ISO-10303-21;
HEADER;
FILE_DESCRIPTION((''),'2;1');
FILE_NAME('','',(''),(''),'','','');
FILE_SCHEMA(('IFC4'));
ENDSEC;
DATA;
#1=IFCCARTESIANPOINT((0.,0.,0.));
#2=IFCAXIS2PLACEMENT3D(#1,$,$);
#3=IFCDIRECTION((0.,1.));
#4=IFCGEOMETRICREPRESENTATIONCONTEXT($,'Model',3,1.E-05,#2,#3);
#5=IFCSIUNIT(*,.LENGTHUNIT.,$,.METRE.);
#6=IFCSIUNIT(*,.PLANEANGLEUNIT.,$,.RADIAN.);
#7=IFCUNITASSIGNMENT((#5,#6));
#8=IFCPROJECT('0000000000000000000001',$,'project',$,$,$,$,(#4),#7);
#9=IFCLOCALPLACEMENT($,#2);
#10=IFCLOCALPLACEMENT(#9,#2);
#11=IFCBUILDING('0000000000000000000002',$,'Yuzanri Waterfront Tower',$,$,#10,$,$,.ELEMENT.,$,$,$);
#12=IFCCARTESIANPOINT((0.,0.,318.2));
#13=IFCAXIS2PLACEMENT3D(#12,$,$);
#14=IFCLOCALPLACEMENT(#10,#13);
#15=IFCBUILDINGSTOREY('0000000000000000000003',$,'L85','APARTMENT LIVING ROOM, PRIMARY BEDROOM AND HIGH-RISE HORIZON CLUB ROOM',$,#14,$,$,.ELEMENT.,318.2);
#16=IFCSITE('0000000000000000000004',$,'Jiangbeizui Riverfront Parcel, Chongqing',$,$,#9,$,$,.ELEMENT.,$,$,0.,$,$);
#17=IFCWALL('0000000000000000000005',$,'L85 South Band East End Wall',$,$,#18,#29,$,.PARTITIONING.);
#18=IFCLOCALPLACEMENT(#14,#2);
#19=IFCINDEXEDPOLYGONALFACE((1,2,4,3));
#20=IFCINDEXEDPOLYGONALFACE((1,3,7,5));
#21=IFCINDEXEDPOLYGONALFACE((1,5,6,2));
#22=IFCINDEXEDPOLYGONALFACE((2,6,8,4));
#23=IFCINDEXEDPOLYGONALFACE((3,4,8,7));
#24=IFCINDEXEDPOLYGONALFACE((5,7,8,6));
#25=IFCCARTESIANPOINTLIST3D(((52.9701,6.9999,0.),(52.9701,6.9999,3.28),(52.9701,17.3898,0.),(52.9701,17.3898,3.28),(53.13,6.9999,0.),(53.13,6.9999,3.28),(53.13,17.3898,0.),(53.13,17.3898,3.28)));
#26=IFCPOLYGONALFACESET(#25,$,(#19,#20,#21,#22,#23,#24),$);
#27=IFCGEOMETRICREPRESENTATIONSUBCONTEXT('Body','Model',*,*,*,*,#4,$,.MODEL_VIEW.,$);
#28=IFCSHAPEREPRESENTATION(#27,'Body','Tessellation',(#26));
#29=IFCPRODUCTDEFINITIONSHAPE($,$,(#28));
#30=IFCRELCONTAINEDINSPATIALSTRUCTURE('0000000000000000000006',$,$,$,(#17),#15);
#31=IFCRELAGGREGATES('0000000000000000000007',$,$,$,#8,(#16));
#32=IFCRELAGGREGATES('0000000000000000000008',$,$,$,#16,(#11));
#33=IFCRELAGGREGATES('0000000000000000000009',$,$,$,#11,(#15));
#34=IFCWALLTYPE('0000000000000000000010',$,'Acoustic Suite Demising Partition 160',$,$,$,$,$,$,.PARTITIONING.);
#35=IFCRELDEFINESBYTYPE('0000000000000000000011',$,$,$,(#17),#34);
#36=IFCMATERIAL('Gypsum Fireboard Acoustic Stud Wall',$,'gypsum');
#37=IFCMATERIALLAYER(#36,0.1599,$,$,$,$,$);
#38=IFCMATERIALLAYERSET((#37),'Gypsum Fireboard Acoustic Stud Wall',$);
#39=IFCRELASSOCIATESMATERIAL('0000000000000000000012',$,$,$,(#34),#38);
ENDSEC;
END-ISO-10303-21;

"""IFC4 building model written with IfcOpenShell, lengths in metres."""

from ifc_helpers import new_model, si_unit, direction, frame, frame_2d, origin, place, context, subcontext, project, spatial, rectangle, extrude, source, transform, mapped, material, layer, layer_set, type_object, element, save


model = new_model("IFC4")

# Units and contexts
model_context = context("Model", 3, precision=1e-05, world=origin(), true_north=direction((0.0, 1.0)))
body_context = subcontext(model_context, "Body", "Model", "MODEL_VIEW")
ifc_project = project(units=[si_unit("LENGTHUNIT", "METRE"), si_unit("PLANEANGLEUNIT", "RADIAN")], contexts=[model_context])

# Site, building, storey
site_placement = place(None, origin())
site = spatial("IfcSite", under=ifc_project, at=site_placement, Name="Jiangbeizui Riverfront Parcel, Chongqing", CompositionType="ELEMENT", RefElevation=0.0)
building_placement = place(site_placement, origin())
building = spatial("IfcBuilding", under=site, at=building_placement, Name="Yuzanri Waterfront Tower", CompositionType="ELEMENT")
storey_placement = place(building_placement, frame((0.0, 0.0, 318.2)))
storey = spatial("IfcBuildingStorey", under=building, at=storey_placement, Name="L85", Description="APARTMENT LIVING ROOM, PRIMARY BEDROOM AND HIGH-RISE HORIZON CLUB ROOM", CompositionType="ELEMENT", Elevation=318.2)

# Wall
ifc_material_1 = material(Name="Gypsum Fireboard Acoustic Stud Wall", Category="gypsum")
ifc_layer_1 = layer(ifc_material_1, 0.1599)
ifc_layer_set_1 = layer_set([ifc_layer_1], Name="Gypsum Fireboard Acoustic Stud Wall")
wall_type_1 = type_object("IfcWallType", Name="Acoustic Suite Demising Partition 160", PredefinedType="PARTITIONING", material=ifc_layer_set_1)
shared_shape_1 = source(origin(), body_context, "Body", "SweptSolid", [
    extrude(rectangle(XDim=10.3899, YDim=0.1599, at=frame_2d((5.1948, 0.0))), origin(), (0.0, 0.0, 1.0), 3.28),
])
wall_1_placement = place(storey_placement, frame((53.05, 7.0, 0.0), z_axis=(0.0, 0.0, 1.0), x_axis=(0.0, 1.0, 0.0)))
element("IfcWall", 1, at=wall_1_placement, inside=storey, type_object=wall_type_1, Name="L85 South Band East End Wall", PredefinedType="PARTITIONING", context=body_context, shape_type="MappedRepresentation", body=[
    mapped(shared_shape_1, transform((0.0, 0.0, 0.0), scale=1.0)),
])

save(model, "model.ifc")
